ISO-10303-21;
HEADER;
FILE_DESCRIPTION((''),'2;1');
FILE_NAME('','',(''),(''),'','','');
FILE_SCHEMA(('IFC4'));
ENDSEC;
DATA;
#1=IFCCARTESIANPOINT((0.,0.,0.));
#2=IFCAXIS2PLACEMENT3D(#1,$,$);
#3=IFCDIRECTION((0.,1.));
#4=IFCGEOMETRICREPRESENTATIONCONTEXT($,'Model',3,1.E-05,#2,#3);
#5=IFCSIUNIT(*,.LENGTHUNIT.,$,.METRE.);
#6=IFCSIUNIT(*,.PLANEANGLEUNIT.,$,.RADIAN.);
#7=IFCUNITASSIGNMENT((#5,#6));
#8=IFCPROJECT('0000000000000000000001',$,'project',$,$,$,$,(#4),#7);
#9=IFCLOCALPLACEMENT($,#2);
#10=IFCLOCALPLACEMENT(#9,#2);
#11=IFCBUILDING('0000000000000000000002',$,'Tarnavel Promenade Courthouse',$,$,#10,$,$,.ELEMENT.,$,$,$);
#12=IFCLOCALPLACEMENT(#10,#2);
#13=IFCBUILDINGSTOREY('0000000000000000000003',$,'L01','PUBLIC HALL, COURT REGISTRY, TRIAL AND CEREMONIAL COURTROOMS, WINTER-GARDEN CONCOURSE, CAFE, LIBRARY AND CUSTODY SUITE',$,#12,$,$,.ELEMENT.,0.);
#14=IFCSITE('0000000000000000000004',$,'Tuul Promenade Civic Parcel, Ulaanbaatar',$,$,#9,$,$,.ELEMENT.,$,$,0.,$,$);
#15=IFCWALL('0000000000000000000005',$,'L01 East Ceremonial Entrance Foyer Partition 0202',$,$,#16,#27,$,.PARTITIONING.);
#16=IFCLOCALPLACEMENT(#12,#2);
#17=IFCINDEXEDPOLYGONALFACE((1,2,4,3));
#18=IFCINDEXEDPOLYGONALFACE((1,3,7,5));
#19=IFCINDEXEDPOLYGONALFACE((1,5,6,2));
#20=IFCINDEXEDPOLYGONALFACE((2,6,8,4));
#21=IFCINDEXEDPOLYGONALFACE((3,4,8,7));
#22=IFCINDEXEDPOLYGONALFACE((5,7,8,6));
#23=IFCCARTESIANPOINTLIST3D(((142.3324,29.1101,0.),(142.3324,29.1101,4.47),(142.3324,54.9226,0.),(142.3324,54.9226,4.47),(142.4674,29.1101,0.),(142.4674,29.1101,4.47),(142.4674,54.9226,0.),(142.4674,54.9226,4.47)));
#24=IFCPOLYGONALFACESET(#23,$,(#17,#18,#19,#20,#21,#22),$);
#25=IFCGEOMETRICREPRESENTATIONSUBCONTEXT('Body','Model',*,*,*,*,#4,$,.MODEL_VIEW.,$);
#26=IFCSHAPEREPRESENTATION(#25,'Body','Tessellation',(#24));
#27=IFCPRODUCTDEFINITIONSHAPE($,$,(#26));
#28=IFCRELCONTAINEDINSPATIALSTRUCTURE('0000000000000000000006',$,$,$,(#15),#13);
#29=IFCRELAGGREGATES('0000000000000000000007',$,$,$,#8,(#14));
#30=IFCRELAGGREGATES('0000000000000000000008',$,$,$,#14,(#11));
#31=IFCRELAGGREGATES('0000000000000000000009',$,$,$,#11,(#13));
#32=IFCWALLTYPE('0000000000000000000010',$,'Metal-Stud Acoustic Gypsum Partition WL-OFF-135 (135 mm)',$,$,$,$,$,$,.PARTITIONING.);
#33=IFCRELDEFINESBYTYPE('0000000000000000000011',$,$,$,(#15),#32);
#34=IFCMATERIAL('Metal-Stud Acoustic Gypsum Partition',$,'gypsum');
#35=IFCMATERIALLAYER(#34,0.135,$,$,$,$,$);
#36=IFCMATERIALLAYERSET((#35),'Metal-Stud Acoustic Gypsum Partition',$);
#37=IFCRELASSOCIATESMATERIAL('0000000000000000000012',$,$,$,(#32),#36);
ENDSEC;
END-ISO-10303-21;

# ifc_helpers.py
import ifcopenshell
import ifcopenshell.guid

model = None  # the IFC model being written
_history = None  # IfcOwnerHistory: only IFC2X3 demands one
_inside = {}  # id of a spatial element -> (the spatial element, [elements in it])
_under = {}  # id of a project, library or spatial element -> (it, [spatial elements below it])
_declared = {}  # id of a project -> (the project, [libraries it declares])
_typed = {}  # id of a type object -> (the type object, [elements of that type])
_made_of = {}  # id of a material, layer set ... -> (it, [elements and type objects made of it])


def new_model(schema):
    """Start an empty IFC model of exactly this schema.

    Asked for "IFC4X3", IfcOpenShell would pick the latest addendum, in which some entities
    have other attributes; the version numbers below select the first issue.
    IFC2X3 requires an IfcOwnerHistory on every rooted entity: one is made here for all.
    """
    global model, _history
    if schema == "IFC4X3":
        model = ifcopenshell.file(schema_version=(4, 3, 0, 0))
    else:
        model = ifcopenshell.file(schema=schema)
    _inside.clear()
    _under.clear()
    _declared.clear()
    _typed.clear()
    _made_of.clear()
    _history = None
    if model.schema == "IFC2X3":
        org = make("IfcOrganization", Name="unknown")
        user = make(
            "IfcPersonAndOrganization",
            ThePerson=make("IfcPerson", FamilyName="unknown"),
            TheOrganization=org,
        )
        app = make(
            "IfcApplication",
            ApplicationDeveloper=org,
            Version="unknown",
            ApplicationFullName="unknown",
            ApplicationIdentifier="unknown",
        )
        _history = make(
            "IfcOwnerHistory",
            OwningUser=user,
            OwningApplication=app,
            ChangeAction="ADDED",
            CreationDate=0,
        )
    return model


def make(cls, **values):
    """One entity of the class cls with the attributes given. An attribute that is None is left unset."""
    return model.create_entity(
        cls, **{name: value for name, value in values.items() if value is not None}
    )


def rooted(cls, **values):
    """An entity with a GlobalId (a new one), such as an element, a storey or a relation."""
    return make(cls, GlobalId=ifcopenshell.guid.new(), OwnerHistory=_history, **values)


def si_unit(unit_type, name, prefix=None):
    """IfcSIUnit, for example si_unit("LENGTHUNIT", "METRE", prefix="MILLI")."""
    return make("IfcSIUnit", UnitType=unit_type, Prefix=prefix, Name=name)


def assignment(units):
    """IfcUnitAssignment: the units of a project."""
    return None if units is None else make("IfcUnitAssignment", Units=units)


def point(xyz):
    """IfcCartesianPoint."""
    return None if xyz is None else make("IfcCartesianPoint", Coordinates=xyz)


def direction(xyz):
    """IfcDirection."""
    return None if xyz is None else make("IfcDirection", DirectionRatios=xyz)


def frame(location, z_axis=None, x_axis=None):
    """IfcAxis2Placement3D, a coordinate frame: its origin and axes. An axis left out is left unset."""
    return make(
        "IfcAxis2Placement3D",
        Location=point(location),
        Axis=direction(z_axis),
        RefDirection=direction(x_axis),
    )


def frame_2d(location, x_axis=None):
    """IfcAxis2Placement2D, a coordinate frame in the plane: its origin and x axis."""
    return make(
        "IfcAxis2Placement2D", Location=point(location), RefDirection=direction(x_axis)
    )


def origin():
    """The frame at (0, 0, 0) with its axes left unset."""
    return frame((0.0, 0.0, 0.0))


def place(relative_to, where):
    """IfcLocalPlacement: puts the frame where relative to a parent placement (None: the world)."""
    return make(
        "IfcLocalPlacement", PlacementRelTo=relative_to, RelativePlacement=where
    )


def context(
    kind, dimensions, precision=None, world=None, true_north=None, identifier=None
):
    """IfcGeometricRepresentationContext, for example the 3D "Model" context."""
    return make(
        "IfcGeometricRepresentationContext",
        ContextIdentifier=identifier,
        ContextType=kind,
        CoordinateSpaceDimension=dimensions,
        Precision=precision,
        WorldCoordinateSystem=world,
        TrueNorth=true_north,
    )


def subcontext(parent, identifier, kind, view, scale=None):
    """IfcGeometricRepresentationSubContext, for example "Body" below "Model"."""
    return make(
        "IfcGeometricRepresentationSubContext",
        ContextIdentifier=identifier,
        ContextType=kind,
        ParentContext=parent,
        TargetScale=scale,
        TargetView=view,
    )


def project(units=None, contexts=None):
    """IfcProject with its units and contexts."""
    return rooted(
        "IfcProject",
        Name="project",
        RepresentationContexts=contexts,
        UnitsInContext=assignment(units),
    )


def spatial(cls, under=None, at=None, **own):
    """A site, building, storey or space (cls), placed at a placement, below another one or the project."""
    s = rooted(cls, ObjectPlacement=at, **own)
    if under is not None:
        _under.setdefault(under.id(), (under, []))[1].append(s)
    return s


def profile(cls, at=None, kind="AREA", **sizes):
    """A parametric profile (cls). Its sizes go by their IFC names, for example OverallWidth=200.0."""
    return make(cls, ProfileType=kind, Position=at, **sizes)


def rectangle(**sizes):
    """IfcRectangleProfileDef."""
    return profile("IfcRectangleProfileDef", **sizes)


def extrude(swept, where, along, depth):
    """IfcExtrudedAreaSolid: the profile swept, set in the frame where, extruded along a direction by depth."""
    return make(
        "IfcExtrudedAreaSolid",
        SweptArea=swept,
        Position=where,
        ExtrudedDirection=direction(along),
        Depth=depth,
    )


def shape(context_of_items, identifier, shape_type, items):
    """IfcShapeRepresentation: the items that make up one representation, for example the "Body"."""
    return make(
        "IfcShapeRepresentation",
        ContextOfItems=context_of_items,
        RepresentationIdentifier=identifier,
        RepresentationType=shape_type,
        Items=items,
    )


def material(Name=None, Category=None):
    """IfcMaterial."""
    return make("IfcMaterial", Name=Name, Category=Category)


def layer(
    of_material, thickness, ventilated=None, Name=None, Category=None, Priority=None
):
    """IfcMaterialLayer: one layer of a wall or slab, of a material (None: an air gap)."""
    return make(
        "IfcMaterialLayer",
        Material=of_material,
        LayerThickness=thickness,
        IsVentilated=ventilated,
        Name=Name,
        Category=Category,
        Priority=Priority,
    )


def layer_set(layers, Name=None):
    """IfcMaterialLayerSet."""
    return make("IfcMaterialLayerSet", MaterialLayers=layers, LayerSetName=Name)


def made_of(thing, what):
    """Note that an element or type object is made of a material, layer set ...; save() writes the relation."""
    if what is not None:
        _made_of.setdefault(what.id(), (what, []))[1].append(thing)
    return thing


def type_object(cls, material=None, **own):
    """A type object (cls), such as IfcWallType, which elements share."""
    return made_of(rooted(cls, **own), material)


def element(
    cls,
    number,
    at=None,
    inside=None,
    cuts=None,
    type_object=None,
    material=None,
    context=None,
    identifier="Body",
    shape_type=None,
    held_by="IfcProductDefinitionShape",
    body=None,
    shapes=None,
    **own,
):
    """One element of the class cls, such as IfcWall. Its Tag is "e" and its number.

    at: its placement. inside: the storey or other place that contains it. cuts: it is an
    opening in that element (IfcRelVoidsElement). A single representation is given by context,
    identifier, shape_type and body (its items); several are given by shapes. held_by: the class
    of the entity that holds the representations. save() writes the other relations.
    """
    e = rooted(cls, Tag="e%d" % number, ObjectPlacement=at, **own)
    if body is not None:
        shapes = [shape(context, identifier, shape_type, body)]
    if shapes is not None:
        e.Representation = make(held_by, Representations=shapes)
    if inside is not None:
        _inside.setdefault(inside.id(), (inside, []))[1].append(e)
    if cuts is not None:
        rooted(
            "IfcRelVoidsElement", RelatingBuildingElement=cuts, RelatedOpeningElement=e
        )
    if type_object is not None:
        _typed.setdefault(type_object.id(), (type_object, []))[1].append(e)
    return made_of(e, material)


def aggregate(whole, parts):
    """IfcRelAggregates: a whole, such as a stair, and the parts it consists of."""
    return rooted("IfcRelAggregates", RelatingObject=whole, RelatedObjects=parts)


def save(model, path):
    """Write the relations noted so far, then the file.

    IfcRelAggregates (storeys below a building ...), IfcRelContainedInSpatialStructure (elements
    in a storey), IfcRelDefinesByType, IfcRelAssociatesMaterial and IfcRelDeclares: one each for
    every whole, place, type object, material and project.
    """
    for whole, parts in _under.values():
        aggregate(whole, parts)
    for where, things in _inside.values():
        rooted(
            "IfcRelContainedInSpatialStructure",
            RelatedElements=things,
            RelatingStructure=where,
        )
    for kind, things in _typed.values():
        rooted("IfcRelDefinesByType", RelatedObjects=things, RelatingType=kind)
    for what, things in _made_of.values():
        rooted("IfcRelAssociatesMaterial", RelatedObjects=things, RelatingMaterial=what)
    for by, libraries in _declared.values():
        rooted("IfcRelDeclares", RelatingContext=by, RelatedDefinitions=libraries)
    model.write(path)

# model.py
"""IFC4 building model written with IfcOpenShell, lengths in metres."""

from ifc_helpers import new_model, si_unit, direction, frame, frame_2d, origin, place, context, subcontext, project, spatial, rectangle, extrude, material, layer, layer_set, type_object, element, save


model = new_model("IFC4")

# Units and contexts
model_context = context("Model", 3, precision=1e-05, world=origin(), true_north=direction((0.0, 1.0)))
body_context = subcontext(model_context, "Body", "Model", "MODEL_VIEW")
ifc_project = project(units=[si_unit("LENGTHUNIT", "METRE"), si_unit("PLANEANGLEUNIT", "RADIAN")], contexts=[model_context])

# Site, building, storey
site_placement = place(None, origin())
site = spatial("IfcSite", under=ifc_project, at=site_placement, Name="Tuul Promenade Civic Parcel, Ulaanbaatar", CompositionType="ELEMENT", RefElevation=0.0)
building_placement = place(site_placement, origin())
building = spatial("IfcBuilding", under=site, at=building_placement, Name="Tarnavel Promenade Courthouse", CompositionType="ELEMENT")
storey_placement = place(building_placement, origin())
storey = spatial("IfcBuildingStorey", under=building, at=storey_placement, Name="L01", Description="PUBLIC HALL, COURT REGISTRY, TRIAL AND CEREMONIAL COURTROOMS, WINTER-GARDEN CONCOURSE, CAFE, LIBRARY AND CUSTODY SUITE", CompositionType="ELEMENT", Elevation=0.0)

# Wall
ifc_material_1 = material(Name="Metal-Stud Acoustic Gypsum Partition", Category="gypsum")
ifc_layer_1 = layer(ifc_material_1, 0.135)
ifc_layer_set_1 = layer_set([ifc_layer_1], Name="Metal-Stud Acoustic Gypsum Partition")
wall_type = type_object("IfcWallType", Name="Metal-Stud Acoustic Gypsum Partition WL-OFF-135 (135 mm)", PredefinedType="PARTITIONING", material=ifc_layer_set_1)
wall_placement = place(storey_placement, frame((142.3999, 29.1101, 0.0), z_axis=(0.0, 0.0, 1.0), x_axis=(0.0, 1.0, 0.0)))
element("IfcWall", 1, at=wall_placement, inside=storey, type_object=wall_type, Name="L01 East Ceremonial Entrance Foyer Partition 0202", PredefinedType="PARTITIONING", context=body_context, shape_type="SweptSolid", body=[
    extrude(rectangle(XDim=25.8125, YDim=0.135, at=frame_2d((12.9062, 0.0))), origin(), (0.0, 0.0, 1.0), 4.47),
])

save(model, "model.ifc")
